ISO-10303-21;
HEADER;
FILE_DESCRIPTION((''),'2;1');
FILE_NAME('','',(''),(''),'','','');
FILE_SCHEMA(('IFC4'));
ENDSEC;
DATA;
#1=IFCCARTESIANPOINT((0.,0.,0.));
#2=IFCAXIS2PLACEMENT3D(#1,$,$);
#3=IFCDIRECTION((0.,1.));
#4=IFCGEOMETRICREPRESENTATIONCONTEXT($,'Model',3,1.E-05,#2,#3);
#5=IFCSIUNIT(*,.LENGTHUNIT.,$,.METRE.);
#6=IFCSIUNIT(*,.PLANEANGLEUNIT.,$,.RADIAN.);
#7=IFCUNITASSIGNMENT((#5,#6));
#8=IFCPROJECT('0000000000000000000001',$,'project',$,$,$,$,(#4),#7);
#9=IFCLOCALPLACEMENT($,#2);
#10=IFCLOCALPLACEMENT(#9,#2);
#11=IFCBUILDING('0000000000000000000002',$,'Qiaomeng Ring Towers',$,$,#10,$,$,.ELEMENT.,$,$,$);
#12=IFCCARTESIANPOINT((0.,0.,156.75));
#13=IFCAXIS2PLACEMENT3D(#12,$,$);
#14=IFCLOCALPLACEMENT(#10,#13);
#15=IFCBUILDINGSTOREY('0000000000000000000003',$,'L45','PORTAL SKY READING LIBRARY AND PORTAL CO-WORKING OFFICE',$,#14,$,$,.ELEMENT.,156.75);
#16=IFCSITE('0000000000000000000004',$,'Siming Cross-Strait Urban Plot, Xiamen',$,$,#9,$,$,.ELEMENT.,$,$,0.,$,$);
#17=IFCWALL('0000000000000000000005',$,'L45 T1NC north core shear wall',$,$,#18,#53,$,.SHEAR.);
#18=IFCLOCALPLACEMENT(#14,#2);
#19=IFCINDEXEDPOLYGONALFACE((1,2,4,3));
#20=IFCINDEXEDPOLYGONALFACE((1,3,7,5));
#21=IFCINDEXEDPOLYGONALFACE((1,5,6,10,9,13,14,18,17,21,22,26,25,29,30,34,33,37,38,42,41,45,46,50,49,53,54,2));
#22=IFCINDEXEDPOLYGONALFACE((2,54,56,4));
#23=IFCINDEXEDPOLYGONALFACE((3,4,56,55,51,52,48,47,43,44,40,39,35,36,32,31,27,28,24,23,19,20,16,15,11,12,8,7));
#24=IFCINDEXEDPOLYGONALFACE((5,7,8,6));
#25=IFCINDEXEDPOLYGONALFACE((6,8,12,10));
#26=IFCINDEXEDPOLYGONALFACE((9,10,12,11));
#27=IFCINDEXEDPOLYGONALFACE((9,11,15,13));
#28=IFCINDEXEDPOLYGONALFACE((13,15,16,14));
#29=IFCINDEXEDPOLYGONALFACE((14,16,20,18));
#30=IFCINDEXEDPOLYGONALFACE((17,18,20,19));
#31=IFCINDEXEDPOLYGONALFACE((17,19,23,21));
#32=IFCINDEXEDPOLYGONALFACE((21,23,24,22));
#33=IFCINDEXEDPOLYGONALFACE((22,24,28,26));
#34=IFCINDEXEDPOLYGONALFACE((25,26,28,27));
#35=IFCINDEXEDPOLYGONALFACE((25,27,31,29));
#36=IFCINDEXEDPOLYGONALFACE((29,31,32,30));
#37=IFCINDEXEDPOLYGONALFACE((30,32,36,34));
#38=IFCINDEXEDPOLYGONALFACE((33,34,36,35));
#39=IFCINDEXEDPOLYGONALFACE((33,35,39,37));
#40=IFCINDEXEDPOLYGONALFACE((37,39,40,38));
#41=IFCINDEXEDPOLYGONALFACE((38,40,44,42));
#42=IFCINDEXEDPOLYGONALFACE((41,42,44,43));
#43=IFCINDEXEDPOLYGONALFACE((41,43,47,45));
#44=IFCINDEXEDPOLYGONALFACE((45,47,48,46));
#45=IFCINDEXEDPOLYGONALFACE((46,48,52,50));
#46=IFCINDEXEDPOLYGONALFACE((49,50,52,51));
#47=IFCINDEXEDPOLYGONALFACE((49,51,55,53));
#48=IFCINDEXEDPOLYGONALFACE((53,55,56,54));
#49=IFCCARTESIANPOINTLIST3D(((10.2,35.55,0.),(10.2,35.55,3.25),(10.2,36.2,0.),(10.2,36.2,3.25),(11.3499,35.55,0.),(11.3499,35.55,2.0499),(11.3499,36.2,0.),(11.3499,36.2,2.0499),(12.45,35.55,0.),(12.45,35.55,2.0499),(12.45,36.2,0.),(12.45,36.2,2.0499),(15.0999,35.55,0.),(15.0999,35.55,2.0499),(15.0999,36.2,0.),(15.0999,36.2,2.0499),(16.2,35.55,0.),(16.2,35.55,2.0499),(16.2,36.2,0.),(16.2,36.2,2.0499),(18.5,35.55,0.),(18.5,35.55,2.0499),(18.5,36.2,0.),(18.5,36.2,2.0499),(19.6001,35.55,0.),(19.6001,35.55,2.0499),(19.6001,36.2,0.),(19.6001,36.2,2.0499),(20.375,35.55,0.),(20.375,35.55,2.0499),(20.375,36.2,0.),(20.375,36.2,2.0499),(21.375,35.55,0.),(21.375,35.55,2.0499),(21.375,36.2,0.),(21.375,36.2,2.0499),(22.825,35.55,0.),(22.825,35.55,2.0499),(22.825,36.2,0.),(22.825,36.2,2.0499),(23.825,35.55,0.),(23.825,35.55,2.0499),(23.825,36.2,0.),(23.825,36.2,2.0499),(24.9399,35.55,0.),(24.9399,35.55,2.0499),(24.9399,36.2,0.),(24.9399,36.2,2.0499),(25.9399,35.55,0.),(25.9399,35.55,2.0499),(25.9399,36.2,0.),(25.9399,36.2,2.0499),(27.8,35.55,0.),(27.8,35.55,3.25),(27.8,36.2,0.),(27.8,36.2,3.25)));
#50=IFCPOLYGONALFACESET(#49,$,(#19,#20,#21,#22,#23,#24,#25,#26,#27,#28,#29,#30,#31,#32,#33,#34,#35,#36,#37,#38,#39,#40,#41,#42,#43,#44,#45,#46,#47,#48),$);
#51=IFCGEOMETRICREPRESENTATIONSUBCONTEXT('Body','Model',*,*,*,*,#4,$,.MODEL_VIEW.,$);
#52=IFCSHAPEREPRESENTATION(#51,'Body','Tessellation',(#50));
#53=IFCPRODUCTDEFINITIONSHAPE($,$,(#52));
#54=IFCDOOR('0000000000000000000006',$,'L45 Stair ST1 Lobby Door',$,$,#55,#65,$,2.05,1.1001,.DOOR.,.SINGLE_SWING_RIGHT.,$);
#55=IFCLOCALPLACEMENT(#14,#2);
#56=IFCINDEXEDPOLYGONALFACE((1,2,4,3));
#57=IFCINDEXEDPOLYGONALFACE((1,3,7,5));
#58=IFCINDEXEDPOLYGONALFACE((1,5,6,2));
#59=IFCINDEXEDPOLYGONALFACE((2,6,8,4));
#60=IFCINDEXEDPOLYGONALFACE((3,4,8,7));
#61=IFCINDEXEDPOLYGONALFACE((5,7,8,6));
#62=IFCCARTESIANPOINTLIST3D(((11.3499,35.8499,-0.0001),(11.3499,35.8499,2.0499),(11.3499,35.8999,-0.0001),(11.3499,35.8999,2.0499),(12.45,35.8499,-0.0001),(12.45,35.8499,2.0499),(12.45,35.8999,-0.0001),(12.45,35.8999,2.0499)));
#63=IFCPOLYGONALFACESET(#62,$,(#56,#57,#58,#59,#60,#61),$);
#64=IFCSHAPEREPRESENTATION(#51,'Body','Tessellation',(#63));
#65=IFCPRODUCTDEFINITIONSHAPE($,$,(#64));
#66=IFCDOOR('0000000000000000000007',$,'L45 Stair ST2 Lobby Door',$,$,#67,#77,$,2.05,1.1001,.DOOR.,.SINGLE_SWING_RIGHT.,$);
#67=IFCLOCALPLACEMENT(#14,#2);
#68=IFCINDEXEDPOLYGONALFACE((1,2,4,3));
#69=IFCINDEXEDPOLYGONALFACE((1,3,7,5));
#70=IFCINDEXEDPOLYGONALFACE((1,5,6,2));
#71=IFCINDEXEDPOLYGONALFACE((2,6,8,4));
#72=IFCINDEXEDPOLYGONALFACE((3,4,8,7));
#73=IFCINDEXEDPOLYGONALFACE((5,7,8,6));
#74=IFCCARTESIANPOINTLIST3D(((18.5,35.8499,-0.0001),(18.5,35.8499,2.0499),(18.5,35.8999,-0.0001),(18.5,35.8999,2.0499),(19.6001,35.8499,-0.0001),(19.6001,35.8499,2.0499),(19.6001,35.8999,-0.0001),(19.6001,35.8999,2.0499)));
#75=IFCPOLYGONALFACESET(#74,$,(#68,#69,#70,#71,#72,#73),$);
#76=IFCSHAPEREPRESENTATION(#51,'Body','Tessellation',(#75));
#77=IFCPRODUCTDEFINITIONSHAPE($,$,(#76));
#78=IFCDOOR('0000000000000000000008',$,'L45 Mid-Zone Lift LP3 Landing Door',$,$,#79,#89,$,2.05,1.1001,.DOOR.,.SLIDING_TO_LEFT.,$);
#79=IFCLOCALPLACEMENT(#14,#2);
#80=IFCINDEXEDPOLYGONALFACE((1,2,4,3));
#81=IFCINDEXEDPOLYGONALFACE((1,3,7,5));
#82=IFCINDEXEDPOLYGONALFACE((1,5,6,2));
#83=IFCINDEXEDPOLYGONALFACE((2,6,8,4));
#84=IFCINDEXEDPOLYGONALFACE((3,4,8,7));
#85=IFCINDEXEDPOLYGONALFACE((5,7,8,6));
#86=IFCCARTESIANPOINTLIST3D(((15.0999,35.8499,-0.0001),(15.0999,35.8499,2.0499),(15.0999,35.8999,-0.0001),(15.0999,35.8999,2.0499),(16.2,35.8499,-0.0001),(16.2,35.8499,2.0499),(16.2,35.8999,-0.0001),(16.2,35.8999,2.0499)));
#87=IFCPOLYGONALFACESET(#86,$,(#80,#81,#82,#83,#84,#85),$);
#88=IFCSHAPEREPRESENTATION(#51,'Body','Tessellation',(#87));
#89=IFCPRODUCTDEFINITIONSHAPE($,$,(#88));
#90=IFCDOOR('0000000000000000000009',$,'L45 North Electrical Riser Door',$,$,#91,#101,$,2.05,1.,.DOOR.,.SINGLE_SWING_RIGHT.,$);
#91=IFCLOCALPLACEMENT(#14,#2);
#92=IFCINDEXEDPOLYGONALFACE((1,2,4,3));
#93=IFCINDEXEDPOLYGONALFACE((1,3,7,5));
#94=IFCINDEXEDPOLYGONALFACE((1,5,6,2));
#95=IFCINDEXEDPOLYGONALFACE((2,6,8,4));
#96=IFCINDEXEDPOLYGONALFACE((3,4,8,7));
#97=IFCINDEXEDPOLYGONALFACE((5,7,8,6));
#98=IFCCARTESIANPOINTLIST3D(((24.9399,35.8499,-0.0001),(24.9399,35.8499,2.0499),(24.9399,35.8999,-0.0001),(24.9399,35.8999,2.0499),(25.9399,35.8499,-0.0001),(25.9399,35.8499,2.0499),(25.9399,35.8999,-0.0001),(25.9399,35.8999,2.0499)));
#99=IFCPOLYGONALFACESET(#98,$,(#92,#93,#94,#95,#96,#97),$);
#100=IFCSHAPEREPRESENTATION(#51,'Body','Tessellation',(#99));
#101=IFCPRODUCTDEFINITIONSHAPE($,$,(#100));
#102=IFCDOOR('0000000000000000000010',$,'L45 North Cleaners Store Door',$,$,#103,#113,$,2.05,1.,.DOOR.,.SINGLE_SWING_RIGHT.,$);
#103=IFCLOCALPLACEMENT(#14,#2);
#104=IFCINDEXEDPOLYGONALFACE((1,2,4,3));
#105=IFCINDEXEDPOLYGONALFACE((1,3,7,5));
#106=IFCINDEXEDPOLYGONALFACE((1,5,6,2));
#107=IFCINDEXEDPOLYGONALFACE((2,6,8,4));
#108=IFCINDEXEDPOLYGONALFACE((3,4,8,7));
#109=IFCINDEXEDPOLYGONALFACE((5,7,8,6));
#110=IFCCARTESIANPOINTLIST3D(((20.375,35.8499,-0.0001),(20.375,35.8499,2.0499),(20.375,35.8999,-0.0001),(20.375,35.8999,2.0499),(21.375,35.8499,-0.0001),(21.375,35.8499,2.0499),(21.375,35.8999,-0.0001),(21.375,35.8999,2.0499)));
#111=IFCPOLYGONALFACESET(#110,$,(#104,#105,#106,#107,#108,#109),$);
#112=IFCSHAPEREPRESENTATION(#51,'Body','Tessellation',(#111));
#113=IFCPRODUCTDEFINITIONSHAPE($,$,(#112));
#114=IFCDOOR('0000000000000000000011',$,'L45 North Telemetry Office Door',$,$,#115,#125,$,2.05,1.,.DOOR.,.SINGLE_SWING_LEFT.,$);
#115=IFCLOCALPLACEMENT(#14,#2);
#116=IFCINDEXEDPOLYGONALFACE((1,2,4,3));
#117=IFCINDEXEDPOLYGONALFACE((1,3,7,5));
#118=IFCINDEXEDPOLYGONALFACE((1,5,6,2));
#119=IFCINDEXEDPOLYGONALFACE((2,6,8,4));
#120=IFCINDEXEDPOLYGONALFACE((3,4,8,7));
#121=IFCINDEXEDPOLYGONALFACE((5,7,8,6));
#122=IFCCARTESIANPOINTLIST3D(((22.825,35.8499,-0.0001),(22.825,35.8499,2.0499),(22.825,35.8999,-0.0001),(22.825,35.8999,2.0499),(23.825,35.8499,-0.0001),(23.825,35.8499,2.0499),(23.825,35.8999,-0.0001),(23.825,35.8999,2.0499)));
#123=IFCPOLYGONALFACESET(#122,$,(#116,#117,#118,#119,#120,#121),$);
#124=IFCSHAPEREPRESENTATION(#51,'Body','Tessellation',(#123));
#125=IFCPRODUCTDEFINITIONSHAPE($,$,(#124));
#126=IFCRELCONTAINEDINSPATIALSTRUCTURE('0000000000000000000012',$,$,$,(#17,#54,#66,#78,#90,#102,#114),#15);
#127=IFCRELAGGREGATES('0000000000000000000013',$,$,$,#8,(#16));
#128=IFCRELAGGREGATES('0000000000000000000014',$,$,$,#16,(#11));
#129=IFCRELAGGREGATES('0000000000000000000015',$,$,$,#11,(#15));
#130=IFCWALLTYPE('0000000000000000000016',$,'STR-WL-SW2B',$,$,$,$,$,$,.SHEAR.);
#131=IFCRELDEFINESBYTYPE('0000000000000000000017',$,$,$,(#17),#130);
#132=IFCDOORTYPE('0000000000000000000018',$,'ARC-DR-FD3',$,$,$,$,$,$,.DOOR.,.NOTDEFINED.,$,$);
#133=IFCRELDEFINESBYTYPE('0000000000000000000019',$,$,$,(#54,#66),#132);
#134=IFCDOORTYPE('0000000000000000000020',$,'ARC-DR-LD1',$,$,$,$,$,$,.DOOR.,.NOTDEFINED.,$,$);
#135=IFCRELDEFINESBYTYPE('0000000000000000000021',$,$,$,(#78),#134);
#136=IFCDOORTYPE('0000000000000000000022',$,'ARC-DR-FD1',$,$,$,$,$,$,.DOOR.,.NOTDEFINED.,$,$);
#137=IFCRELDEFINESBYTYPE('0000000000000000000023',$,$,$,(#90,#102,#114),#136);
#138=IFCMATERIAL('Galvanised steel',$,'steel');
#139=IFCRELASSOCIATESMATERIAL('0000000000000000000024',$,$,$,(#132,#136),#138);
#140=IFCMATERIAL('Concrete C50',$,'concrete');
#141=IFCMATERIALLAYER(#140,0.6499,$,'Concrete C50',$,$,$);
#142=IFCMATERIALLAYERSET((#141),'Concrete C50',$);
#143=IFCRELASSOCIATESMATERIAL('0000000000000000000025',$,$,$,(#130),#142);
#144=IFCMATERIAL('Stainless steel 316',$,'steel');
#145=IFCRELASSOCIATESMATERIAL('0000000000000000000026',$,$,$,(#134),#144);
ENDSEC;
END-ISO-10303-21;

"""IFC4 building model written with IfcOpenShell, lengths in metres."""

from ifc_helpers import new_model, si_unit, direction, frame, frame_2d, origin, place, context, subcontext, project, spatial, rectangle, extrude, source, transform, mapped, material, layer, layer_set, type_object, element, fill, save


model = new_model("IFC4")

# Units and contexts
model_context = context("Model", 3, precision=1e-05, world=origin(), true_north=direction((0.0, 1.0)))
body_context = subcontext(model_context, "Body", "Model", "MODEL_VIEW")
ifc_project = project(units=[si_unit("LENGTHUNIT", "METRE"), si_unit("PLANEANGLEUNIT", "RADIAN")], contexts=[model_context])

# Site, building, storey
site_placement = place(None, origin())
site = spatial("IfcSite", under=ifc_project, at=site_placement, Name="Siming Cross-Strait Urban Plot, Xiamen", CompositionType="ELEMENT", RefElevation=0.0)
building_placement = place(site_placement, origin())
building = spatial("IfcBuilding", under=site, at=building_placement, Name="Qiaomeng Ring Towers", CompositionType="ELEMENT")
storey_placement = place(building_placement, frame((0.0, 0.0, 156.75)))
storey = spatial("IfcBuildingStorey", under=building, at=storey_placement, Name="L45", Description="PORTAL SKY READING LIBRARY AND PORTAL CO-WORKING OFFICE", CompositionType="ELEMENT", Elevation=156.75)

# Shared definitions
ifc_material_1 = material(Name="Concrete C50", Category="concrete")

# Shared definitions
shared_shape_1 = source(origin(), body_context, "Body", "SweptSolid", [
    extrude(rectangle(XDim=1.0, YDim=2.05, at=frame_2d((0.5, 1.0249))), frame((0.0, 0.0249, 0.0), z_axis=(0.0, -1.0, 0.0), x_axis=(1.0, 0.0, 0.0)), (0.0, 0.0, 1.0), 0.05),
])

# Shared definitions
ifc_material_2 = material(Name="Galvanised steel", Category="steel")
door_type_1 = type_object("IfcDoorType", Name="ARC-DR-FD3", OperationType="NOTDEFINED", PredefinedType="DOOR", material=ifc_material_2)
shared_shape_2 = source(origin(), body_context, "Body", "SweptSolid", [
    extrude(rectangle(XDim=1.1001, YDim=2.05, at=frame_2d((0.55, 1.0249))), frame((0.0, 0.0249, 0.0), z_axis=(0.0, -1.0, 0.0), x_axis=(1.0, 0.0, 0.0)), (0.0, 0.0, 1.0), 0.05),
])

# Wall, openings, doors
ifc_layer_1 = layer(ifc_material_1, 0.6499, Name="Concrete C50")
ifc_layer_set_1 = layer_set([ifc_layer_1], Name="Concrete C50")
wall_type_1 = type_object("IfcWallType", Name="STR-WL-SW2B", PredefinedType="SHEAR", material=ifc_layer_set_1)
wall_1_placement = place(storey_placement, frame((10.2, 35.875, 0.0), z_axis=(0.0, 0.0, 1.0), x_axis=(1.0, 0.0, 0.0)))
wall_1 = element("IfcWall", 1, at=wall_1_placement, inside=storey, type_object=wall_type_1, Name="L45 T1NC north core shear wall", PredefinedType="SHEAR", context=body_context, shape_type="SweptSolid", body=[
    extrude(rectangle(XDim=17.6001, YDim=0.6499, at=frame_2d((8.8, 0.0))), origin(), (0.0, 0.0, 1.0), 3.25),
])
opening_1_placement = place(wall_1_placement, frame((1.1499, 0.0, 0.0)))
opening_1 = element("IfcOpeningElement", 2, at=opening_1_placement, cuts=wall_1, PredefinedType="OPENING", context=body_context, shape_type="SweptSolid", body=[
    extrude(rectangle(XDim=1.1001, YDim=2.05, at=frame_2d((0.55, 1.0249))), frame((0.0, 0.335, 0.0), z_axis=(0.0, -1.0, 0.0), x_axis=(1.0, 0.0, 0.0)), (0.0, 0.0, 1.0), 0.6699),
])
opening_2_placement = place(wall_1_placement, frame((8.3, 0.0, 0.0)))
opening_2 = element("IfcOpeningElement", 3, at=opening_2_placement, cuts=wall_1, PredefinedType="OPENING", context=body_context, shape_type="SweptSolid", body=[
    extrude(rectangle(XDim=1.1001, YDim=2.05, at=frame_2d((0.55, 1.0249))), frame((0.0, 0.335, 0.0), z_axis=(0.0, -1.0, 0.0), x_axis=(1.0, 0.0, 0.0)), (0.0, 0.0, 1.0), 0.6699),
])
opening_3_placement = place(wall_1_placement, frame((4.8999, 0.0, 0.0)))
opening_3 = element("IfcOpeningElement", 4, at=opening_3_placement, cuts=wall_1, PredefinedType="OPENING", context=body_context, shape_type="SweptSolid", body=[
    extrude(rectangle(XDim=1.1001, YDim=2.05, at=frame_2d((0.55, 1.0249))), frame((0.0, 0.335, 0.0), z_axis=(0.0, -1.0, 0.0), x_axis=(1.0, 0.0, 0.0)), (0.0, 0.0, 1.0), 0.6699),
])
opening_4_placement = place(wall_1_placement, frame((14.74, 0.0, 0.0)))
opening_4 = element("IfcOpeningElement", 5, at=opening_4_placement, cuts=wall_1, PredefinedType="OPENING", context=body_context, shape_type="SweptSolid", body=[
    extrude(rectangle(XDim=1.0, YDim=2.05, at=frame_2d((0.5, 1.0249))), frame((0.0, 0.335, 0.0), z_axis=(0.0, -1.0, 0.0), x_axis=(1.0, 0.0, 0.0)), (0.0, 0.0, 1.0), 0.6699),
])
opening_5_placement = place(wall_1_placement, frame((10.175, 0.0, 0.0)))
opening_5 = element("IfcOpeningElement", 6, at=opening_5_placement, cuts=wall_1, PredefinedType="OPENING", context=body_context, shape_type="SweptSolid", body=[
    extrude(rectangle(XDim=1.0, YDim=2.05, at=frame_2d((0.5, 1.0249))), frame((0.0, 0.335, 0.0), z_axis=(0.0, -1.0, 0.0), x_axis=(1.0, 0.0, 0.0)), (0.0, 0.0, 1.0), 0.6699),
])
opening_6_placement = place(wall_1_placement, frame((12.625, 0.0, 0.0)))
opening_6 = element("IfcOpeningElement", 7, at=opening_6_placement, cuts=wall_1, PredefinedType="OPENING", context=body_context, shape_type="SweptSolid", body=[
    extrude(rectangle(XDim=1.0, YDim=2.05, at=frame_2d((0.5, 1.0249))), frame((0.0, 0.335, 0.0), z_axis=(0.0, -1.0, 0.0), x_axis=(1.0, 0.0, 0.0)), (0.0, 0.0, 1.0), 0.6699),
])
door_1_placement = place(opening_1_placement, origin())
door_1 = element("IfcDoor", 8, at=door_1_placement, inside=storey, type_object=door_type_1, Name="L45 Stair ST1 Lobby Door", OperationType="SINGLE_SWING_RIGHT", OverallHeight=2.05, OverallWidth=1.1001, PredefinedType="DOOR", context=body_context, shape_type="MappedRepresentation", body=[
    mapped(shared_shape_2, transform((0.0, 0.0, 0.0), x_axis=(1.0, 0.0, 0.0), y_axis=(0.0, 1.0, 0.0), z_axis=(0.0, 0.0, 1.0), scale=1.0)),
])
fill(opening_1, door_1)
door_2_placement = place(opening_2_placement, origin())
door_2 = element("IfcDoor", 9, at=door_2_placement, inside=storey, type_object=door_type_1, Name="L45 Stair ST2 Lobby Door", OperationType="SINGLE_SWING_RIGHT", OverallHeight=2.05, OverallWidth=1.1001, PredefinedType="DOOR", context=body_context, shape_type="MappedRepresentation", body=[
    mapped(shared_shape_2, transform((0.0, 0.0, 0.0), x_axis=(1.0, 0.0, 0.0), y_axis=(0.0, 1.0, 0.0), z_axis=(0.0, 0.0, 1.0), scale=1.0)),
])
fill(opening_2, door_2)
ifc_material_3 = material(Name="Stainless steel 316", Category="steel")
door_type_2 = type_object("IfcDoorType", Name="ARC-DR-LD1", OperationType="NOTDEFINED", PredefinedType="DOOR", material=ifc_material_3)
door_3_placement = place(opening_3_placement, origin())
door_3 = element("IfcDoor", 10, at=door_3_placement, inside=storey, type_object=door_type_2, Name="L45 Mid-Zone Lift LP3 Landing Door", OperationType="SLIDING_TO_LEFT", OverallHeight=2.05, OverallWidth=1.1001, PredefinedType="DOOR", context=body_context, shape_type="MappedRepresentation", body=[
    mapped(shared_shape_2, transform((0.0, 0.0, 0.0), x_axis=(1.0, 0.0, 0.0), y_axis=(0.0, 1.0, 0.0), z_axis=(0.0, 0.0, 1.0), scale=1.0)),
])
fill(opening_3, door_3)
door_type_3 = type_object("IfcDoorType", Name="ARC-DR-FD1", OperationType="NOTDEFINED", PredefinedType="DOOR", material=ifc_material_2)
door_4_placement = place(opening_4_placement, origin())
door_4 = element("IfcDoor", 11, at=door_4_placement, inside=storey, type_object=door_type_3, Name="L45 North Electrical Riser Door", OperationType="SINGLE_SWING_RIGHT", OverallHeight=2.05, OverallWidth=1.0, PredefinedType="DOOR", context=body_context, shape_type="MappedRepresentation", body=[
    mapped(shared_shape_1, transform((0.0, 0.0, 0.0), x_axis=(1.0, 0.0, 0.0), y_axis=(0.0, 1.0, 0.0), z_axis=(0.0, 0.0, 1.0), scale=1.0)),
])
fill(opening_4, door_4)
door_5_placement = place(opening_5_placement, origin())
door_5 = element("IfcDoor", 12, at=door_5_placement, inside=storey, type_object=door_type_3, Name="L45 North Cleaners Store Door", OperationType="SINGLE_SWING_RIGHT", OverallHeight=2.05, OverallWidth=1.0, PredefinedType="DOOR", context=body_context, shape_type="MappedRepresentation", body=[
    mapped(shared_shape_1, transform((0.0, 0.0, 0.0), x_axis=(1.0, 0.0, 0.0), y_axis=(0.0, 1.0, 0.0), z_axis=(0.0, 0.0, 1.0), scale=1.0)),
])
fill(opening_5, door_5)
door_6_placement = place(opening_6_placement, origin())
door_6 = element("IfcDoor", 13, at=door_6_placement, inside=storey, type_object=door_type_3, Name="L45 North Telemetry Office Door", OperationType="SINGLE_SWING_LEFT", OverallHeight=2.05, OverallWidth=1.0, PredefinedType="DOOR", context=body_context, shape_type="MappedRepresentation", body=[
    mapped(shared_shape_1, transform((0.0, 0.0, 0.0), x_axis=(1.0, 0.0, 0.0), y_axis=(0.0, 1.0, 0.0), z_axis=(0.0, 0.0, 1.0), scale=1.0)),
])
fill(opening_6, door_6)

save(model, "model.ifc")
